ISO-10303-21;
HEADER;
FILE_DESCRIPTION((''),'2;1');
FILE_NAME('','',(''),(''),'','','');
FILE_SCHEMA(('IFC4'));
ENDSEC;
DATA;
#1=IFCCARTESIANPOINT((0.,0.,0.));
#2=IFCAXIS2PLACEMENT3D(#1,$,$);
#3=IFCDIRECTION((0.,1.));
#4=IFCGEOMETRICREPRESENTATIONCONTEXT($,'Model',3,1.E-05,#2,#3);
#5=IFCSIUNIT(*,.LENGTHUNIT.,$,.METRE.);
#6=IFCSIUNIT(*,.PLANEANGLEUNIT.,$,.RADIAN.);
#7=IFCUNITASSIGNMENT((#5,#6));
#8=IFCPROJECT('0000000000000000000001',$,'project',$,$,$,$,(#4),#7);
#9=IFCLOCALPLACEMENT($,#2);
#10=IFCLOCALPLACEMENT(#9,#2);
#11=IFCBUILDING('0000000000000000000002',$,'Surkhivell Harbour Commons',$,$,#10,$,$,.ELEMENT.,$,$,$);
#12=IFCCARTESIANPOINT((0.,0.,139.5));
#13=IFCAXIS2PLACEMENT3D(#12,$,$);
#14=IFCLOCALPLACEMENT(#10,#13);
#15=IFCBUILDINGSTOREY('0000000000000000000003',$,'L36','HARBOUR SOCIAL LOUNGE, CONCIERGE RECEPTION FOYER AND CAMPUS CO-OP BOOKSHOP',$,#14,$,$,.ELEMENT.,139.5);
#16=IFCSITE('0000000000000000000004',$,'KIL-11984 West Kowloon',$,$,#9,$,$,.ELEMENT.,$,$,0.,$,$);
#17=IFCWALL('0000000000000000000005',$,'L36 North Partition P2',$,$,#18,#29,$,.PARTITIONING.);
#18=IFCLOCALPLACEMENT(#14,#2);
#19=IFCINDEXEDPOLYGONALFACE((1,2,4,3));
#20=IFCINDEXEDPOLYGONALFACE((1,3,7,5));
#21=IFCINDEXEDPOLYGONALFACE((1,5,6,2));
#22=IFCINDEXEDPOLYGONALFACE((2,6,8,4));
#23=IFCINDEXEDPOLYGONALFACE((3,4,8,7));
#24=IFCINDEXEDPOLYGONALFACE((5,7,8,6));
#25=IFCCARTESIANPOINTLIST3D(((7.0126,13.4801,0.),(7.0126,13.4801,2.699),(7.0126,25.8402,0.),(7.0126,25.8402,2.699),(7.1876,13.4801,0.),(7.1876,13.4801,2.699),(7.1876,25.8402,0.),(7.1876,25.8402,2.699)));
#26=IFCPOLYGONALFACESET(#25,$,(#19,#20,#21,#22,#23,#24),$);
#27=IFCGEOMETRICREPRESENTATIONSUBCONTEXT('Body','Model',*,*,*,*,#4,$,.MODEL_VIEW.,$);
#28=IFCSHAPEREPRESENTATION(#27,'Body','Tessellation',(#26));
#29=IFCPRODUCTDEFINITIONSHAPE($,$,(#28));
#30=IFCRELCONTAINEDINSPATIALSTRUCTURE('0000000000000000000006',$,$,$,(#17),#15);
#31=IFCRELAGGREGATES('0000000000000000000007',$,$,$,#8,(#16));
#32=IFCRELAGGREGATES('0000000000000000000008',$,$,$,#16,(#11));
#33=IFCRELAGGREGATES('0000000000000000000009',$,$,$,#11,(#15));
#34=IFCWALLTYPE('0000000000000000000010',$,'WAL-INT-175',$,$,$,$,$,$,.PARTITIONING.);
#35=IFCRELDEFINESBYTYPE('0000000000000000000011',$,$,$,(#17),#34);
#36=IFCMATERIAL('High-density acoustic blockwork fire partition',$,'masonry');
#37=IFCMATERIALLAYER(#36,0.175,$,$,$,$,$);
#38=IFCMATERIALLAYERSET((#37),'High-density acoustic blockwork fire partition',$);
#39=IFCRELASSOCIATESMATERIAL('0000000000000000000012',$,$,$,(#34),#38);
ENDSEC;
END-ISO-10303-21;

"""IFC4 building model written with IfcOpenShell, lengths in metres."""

from ifc_helpers import new_model, si_unit, direction, frame, frame_2d, origin, place, context, subcontext, project, spatial, rectangle, extrude, material, layer, layer_set, type_object, element, save


model = new_model("IFC4")

# Units and contexts
model_context = context("Model", 3, precision=1e-05, world=origin(), true_north=direction((0.0, 1.0)))
body_context = subcontext(model_context, "Body", "Model", "MODEL_VIEW")
ifc_project = project(units=[si_unit("LENGTHUNIT", "METRE"), si_unit("PLANEANGLEUNIT", "RADIAN")], contexts=[model_context])

# Site, building, storey
site_placement = place(None, origin())
site = spatial("IfcSite", under=ifc_project, at=site_placement, Name="KIL-11984 West Kowloon", CompositionType="ELEMENT", RefElevation=0.0)
building_placement = place(site_placement, origin())
building = spatial("IfcBuilding", under=site, at=building_placement, Name="Surkhivell Harbour Commons", CompositionType="ELEMENT")
storey_placement = place(building_placement, frame((0.0, 0.0, 139.5)))
storey = spatial("IfcBuildingStorey", under=building, at=storey_placement, Name="L36", Description="HARBOUR SOCIAL LOUNGE, CONCIERGE RECEPTION FOYER AND CAMPUS CO-OP BOOKSHOP", CompositionType="ELEMENT", Elevation=139.5)

# Wall
ifc_material_1 = material(Name="High-density acoustic blockwork fire partition", Category="masonry")
ifc_layer_1 = layer(ifc_material_1, 0.175)
ifc_layer_set_1 = layer_set([ifc_layer_1], Name="High-density acoustic blockwork fire partition")
wall_type_1 = type_object("IfcWallType", Name="WAL-INT-175", PredefinedType="PARTITIONING", material=ifc_layer_set_1)
wall_placement = place(storey_placement, frame((7.1001, 13.48, 0.0), z_axis=(0.0, 0.0, 1.0), x_axis=(0.0, 1.0, 0.0)))
element("IfcWall", 1, at=wall_placement, inside=storey, type_object=wall_type_1, Name="L36 North Partition P2", PredefinedType="PARTITIONING", context=body_context, shape_type="SweptSolid", body=[
    extrude(rectangle(XDim=12.3601, YDim=0.175, at=frame_2d((6.1802, 0.0))), origin(), (0.0, 0.0, 1.0), 2.699),
])

save(model, "model.ifc")
